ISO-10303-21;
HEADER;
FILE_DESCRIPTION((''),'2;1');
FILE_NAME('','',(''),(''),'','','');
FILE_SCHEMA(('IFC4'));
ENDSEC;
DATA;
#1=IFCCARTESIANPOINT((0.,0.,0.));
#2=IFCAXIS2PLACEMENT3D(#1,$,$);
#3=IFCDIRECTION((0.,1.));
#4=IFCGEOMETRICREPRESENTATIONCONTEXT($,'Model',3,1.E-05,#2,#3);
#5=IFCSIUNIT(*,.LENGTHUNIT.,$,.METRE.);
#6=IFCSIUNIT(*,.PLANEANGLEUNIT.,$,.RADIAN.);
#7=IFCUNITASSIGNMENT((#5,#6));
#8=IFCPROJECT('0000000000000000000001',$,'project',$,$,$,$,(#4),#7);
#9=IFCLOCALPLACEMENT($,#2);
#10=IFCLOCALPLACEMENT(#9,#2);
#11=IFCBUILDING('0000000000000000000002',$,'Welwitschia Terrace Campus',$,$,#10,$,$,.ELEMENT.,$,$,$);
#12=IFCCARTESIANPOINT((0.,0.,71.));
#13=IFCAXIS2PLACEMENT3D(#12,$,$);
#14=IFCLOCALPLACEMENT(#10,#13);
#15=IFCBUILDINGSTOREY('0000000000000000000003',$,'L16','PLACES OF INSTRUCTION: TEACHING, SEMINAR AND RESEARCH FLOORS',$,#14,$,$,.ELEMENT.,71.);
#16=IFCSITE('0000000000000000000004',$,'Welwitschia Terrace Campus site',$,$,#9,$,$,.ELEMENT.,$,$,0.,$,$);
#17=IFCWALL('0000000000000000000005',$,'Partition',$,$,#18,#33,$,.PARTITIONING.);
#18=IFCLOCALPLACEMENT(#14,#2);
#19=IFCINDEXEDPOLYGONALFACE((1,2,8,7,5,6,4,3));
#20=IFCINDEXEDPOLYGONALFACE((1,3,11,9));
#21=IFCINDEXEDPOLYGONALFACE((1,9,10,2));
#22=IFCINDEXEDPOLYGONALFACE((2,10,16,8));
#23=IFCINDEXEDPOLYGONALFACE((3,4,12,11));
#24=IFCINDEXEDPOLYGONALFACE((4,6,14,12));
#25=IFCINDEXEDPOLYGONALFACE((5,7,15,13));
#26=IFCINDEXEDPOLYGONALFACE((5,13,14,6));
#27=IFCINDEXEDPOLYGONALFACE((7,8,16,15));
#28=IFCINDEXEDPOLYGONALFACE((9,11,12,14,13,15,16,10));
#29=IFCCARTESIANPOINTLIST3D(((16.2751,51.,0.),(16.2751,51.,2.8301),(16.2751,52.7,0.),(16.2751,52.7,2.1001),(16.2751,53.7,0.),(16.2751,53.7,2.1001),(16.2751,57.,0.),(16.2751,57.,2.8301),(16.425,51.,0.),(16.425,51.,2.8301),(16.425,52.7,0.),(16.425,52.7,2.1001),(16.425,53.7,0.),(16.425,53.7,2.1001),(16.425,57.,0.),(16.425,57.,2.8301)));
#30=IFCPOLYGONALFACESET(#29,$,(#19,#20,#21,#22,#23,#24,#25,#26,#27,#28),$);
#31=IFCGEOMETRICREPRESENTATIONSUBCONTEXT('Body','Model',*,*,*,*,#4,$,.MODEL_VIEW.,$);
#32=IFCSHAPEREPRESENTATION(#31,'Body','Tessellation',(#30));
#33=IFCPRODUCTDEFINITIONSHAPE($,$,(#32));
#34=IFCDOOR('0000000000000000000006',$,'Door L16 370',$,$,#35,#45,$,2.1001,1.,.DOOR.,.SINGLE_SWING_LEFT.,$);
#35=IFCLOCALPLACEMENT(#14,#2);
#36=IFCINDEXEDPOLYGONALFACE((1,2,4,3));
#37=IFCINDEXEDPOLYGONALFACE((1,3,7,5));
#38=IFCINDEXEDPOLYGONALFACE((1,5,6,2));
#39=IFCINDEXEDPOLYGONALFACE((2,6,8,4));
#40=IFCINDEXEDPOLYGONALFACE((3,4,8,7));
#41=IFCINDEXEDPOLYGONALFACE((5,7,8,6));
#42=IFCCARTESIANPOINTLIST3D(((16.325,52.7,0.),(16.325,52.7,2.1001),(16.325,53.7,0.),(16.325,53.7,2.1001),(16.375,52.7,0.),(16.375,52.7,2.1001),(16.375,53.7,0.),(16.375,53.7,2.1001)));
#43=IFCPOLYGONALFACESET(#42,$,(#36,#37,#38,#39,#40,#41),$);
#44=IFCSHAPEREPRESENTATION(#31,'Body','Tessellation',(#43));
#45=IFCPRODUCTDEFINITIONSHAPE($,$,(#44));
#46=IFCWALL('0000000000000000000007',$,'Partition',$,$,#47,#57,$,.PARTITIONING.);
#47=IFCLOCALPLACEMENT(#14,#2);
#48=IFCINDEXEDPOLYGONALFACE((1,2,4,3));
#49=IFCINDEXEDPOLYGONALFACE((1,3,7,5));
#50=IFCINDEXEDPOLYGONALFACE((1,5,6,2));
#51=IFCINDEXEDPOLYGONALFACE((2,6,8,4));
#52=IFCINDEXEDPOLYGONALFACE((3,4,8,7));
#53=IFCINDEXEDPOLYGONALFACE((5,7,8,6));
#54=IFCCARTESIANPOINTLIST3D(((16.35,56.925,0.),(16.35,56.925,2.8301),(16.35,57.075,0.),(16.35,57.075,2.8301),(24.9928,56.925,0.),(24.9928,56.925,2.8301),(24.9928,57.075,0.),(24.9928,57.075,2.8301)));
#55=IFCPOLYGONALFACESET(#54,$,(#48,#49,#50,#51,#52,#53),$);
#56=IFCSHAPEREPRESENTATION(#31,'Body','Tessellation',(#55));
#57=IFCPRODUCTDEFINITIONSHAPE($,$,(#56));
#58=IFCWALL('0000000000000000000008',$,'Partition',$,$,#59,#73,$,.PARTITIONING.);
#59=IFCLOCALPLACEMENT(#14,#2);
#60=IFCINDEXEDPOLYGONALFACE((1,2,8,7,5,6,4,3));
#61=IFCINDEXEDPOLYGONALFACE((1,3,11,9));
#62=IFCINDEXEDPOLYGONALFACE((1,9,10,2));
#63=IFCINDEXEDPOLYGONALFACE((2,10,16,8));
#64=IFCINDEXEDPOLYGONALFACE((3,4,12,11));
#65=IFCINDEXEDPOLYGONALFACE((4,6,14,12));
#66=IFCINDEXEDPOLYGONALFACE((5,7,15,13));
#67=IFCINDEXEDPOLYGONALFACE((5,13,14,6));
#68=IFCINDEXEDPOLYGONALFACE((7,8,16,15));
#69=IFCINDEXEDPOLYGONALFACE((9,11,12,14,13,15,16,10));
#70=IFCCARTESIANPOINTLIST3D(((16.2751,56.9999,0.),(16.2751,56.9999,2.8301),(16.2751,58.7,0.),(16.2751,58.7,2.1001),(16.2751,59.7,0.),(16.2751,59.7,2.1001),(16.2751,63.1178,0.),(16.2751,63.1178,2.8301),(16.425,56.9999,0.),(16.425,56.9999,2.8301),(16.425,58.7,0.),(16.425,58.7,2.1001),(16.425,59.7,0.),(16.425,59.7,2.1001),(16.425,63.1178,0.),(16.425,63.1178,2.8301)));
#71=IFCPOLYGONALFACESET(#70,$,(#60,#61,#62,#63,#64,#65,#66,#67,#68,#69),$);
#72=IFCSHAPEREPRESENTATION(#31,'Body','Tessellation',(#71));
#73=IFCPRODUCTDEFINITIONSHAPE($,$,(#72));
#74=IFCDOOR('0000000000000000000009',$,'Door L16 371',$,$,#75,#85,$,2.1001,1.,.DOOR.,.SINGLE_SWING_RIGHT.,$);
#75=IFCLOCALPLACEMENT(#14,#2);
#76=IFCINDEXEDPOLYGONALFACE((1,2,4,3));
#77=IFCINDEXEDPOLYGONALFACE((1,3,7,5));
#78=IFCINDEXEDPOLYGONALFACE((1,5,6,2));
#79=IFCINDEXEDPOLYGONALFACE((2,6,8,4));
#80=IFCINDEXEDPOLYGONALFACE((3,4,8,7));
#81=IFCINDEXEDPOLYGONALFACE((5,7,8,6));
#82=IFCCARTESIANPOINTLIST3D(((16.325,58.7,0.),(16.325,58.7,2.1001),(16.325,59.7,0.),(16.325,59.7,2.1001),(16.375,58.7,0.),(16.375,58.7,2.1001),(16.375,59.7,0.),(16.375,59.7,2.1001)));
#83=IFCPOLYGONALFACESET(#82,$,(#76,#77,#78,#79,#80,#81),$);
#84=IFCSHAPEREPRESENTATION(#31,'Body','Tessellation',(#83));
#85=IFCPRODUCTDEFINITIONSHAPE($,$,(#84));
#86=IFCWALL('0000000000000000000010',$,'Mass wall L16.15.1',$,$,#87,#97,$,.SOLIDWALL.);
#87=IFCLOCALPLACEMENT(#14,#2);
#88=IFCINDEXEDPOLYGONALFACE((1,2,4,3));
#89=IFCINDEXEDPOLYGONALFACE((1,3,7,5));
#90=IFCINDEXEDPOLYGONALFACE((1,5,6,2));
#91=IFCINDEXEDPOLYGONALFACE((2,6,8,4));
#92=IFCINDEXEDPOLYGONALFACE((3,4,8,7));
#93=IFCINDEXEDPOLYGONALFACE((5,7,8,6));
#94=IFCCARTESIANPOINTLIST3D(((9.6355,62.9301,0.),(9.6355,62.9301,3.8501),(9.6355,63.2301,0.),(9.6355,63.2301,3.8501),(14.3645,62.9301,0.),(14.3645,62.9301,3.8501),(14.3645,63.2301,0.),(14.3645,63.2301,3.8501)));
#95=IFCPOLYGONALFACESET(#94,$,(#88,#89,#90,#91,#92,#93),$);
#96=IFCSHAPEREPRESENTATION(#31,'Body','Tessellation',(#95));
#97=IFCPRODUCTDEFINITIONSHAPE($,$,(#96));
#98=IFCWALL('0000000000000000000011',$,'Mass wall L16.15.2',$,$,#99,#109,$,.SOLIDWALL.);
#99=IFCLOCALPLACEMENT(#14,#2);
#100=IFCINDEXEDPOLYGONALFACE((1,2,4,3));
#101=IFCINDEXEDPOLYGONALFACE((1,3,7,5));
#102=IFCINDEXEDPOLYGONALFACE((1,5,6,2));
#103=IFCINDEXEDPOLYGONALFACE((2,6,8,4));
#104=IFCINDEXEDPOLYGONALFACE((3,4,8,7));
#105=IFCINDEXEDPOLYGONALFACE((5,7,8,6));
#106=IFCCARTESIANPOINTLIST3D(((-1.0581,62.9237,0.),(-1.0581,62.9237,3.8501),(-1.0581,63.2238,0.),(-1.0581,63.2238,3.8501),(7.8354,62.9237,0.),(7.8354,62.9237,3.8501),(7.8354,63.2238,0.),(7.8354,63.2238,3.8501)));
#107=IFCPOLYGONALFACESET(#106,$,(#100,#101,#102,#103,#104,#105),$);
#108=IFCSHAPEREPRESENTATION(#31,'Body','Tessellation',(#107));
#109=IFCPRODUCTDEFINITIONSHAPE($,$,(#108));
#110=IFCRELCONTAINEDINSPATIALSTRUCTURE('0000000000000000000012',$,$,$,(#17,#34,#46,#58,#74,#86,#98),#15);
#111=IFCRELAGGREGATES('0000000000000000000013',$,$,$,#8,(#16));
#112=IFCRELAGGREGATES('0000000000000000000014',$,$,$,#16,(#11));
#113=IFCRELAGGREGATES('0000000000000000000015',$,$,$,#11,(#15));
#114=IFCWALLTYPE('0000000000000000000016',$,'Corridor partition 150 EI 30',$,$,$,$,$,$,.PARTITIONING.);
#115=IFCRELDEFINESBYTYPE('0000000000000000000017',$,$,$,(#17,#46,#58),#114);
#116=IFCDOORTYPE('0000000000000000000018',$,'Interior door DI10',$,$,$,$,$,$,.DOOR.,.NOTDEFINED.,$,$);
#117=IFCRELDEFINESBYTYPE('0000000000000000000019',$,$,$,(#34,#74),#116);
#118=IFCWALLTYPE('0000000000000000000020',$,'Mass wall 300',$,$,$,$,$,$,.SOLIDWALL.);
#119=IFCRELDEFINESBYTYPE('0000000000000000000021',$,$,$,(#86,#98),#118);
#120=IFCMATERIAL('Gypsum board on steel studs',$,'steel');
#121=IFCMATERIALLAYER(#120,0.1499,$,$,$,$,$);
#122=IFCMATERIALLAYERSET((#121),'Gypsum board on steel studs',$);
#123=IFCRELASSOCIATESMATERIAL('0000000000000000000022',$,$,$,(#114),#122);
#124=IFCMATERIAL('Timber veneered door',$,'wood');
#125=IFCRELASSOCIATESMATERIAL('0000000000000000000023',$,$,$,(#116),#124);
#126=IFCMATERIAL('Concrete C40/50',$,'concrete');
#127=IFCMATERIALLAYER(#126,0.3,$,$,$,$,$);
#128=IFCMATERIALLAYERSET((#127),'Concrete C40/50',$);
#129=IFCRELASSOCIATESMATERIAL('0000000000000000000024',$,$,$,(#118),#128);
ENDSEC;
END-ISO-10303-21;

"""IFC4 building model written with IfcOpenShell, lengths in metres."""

from ifc_helpers import new_model, si_unit, direction, frame, frame_2d, origin, place, context, subcontext, project, spatial, rectangle, extrude, material, layer, layer_set, type_object, element, fill, save


model = new_model("IFC4")

# Units and contexts
model_context = context("Model", 3, precision=1e-05, world=origin(), true_north=direction((0.0, 1.0)))
body_context = subcontext(model_context, "Body", "Model", "MODEL_VIEW")
ifc_project = project(units=[si_unit("LENGTHUNIT", "METRE"), si_unit("PLANEANGLEUNIT", "RADIAN")], contexts=[model_context])

# Site, building, storey
site_placement = place(None, origin())
site = spatial("IfcSite", under=ifc_project, at=site_placement, Name="Welwitschia Terrace Campus site", CompositionType="ELEMENT", RefElevation=0.0)
building_placement = place(site_placement, origin())
building = spatial("IfcBuilding", under=site, at=building_placement, Name="Welwitschia Terrace Campus", CompositionType="ELEMENT")
storey_placement = place(building_placement, frame((0.0, 0.0, 71.0)))
storey = spatial("IfcBuildingStorey", under=building, at=storey_placement, Name="L16", Description="PLACES OF INSTRUCTION: TEACHING, SEMINAR AND RESEARCH FLOORS", CompositionType="ELEMENT", Elevation=71.0)

# Shared definitions
ifc_material_1 = material(Name="Gypsum board on steel studs", Category="steel")
ifc_layer_1 = layer(ifc_material_1, 0.1499)
ifc_layer_set_1 = layer_set([ifc_layer_1], Name="Gypsum board on steel studs")
wall_type_1 = type_object("IfcWallType", Name="Corridor partition 150 EI 30", PredefinedType="PARTITIONING", material=ifc_layer_set_1)
ifc_material_2 = material(Name="Timber veneered door", Category="wood")
door_type_1 = type_object("IfcDoorType", Name="Interior door DI10", OperationType="NOTDEFINED", PredefinedType="DOOR", material=ifc_material_2)

# Wall, opening, door
wall_1_placement = place(storey_placement, frame((16.3501, 57.0, 0.0), z_axis=(0.0, 0.0, 1.0), x_axis=(0.0, -1.0, 0.0)))
wall_1 = element("IfcWall", 1, at=wall_1_placement, inside=storey, type_object=wall_type_1, Name="Partition", PredefinedType="PARTITIONING", context=body_context, shape_type="SweptSolid", body=[
    extrude(rectangle(XDim=6.0, YDim=0.1499, at=frame_2d((3.0, 0.0))), origin(), (0.0, 0.0, 1.0), 2.8301),
])
opening_1_placement = place(wall_1_placement, frame((3.3, 0.0, 0.0)))
opening_1 = element("IfcOpeningElement", 2, at=opening_1_placement, cuts=wall_1, PredefinedType="OPENING", context=body_context, shape_type="SweptSolid", body=[
    extrude(rectangle(XDim=1.0, YDim=2.1001, at=frame_2d((0.5, 1.05))), frame((0.0, 0.085, 0.0), z_axis=(0.0, -1.0, 0.0), x_axis=(1.0, 0.0, 0.0)), (0.0, 0.0, 1.0), 0.1699),
])
door_1_placement = place(opening_1_placement, origin())
door_1 = element("IfcDoor", 3, at=door_1_placement, inside=storey, type_object=door_type_1, Name="Door L16 370", OperationType="SINGLE_SWING_LEFT", OverallHeight=2.1001, OverallWidth=1.0, PredefinedType="DOOR", context=body_context, shape_type="SweptSolid", body=[
    extrude(rectangle(XDim=1.0, YDim=2.1001, at=frame_2d((0.5, 1.05))), frame((0.0, 0.0249, 0.0), z_axis=(0.0, -1.0, 0.0), x_axis=(1.0, 0.0, 0.0)), (0.0, 0.0, 1.0), 0.05),
])
fill(opening_1, door_1)

# Wall
wall_2_placement = place(storey_placement, frame((16.3501, 57.0, 0.0), z_axis=(0.0, 0.0, 1.0), x_axis=(1.0, 0.0, 0.0)))
element("IfcWall", 4, at=wall_2_placement, inside=storey, type_object=wall_type_1, Name="Partition", PredefinedType="PARTITIONING", context=body_context, shape_type="SweptSolid", body=[
    extrude(rectangle(XDim=8.6428, YDim=0.1499, at=frame_2d((4.3213, 0.0))), origin(), (0.0, 0.0, 1.0), 2.8301),
])

# Wall, opening, door
wall_3_placement = place(storey_placement, frame((16.3501, 63.1179, 0.0), z_axis=(0.0, 0.0, 1.0), x_axis=(0.0, -1.0, 0.0)))
wall_3 = element("IfcWall", 5, at=wall_3_placement, inside=storey, type_object=wall_type_1, Name="Partition", PredefinedType="PARTITIONING", context=body_context, shape_type="SweptSolid", body=[
    extrude(rectangle(XDim=6.1179, YDim=0.1499, at=frame_2d((3.0591, 0.0))), origin(), (0.0, 0.0, 1.0), 2.8301),
])
opening_2_placement = place(wall_3_placement, frame((3.418, 0.0, 0.0)))
opening_2 = element("IfcOpeningElement", 6, at=opening_2_placement, cuts=wall_3, PredefinedType="OPENING", context=body_context, shape_type="SweptSolid", body=[
    extrude(rectangle(XDim=1.0, YDim=2.1001, at=frame_2d((0.5, 1.05))), frame((0.0, 0.085, 0.0), z_axis=(0.0, -1.0, 0.0), x_axis=(1.0, 0.0, 0.0)), (0.0, 0.0, 1.0), 0.1699),
])
door_2_placement = place(opening_2_placement, origin())
door_2 = element("IfcDoor", 7, at=door_2_placement, inside=storey, type_object=door_type_1, Name="Door L16 371", OperationType="SINGLE_SWING_RIGHT", OverallHeight=2.1001, OverallWidth=1.0, PredefinedType="DOOR", context=body_context, shape_type="SweptSolid", body=[
    extrude(rectangle(XDim=1.0, YDim=2.1001, at=frame_2d((0.5, 1.05))), frame((0.0, 0.0249, 0.0), z_axis=(0.0, -1.0, 0.0), x_axis=(1.0, 0.0, 0.0)), (0.0, 0.0, 1.0), 0.05),
])
fill(opening_2, door_2)

# Walls
ifc_material_3 = material(Name="Concrete C40/50", Category="concrete")
ifc_layer_2 = layer(ifc_material_3, 0.3)
ifc_layer_set_2 = layer_set([ifc_layer_2], Name="Concrete C40/50")
wall_type_2 = type_object("IfcWallType", Name="Mass wall 300", PredefinedType="SOLIDWALL", material=ifc_layer_set_2)
wall_4_placement = place(storey_placement, frame((14.3645, 63.0801, 0.0), z_axis=(0.0, 0.0, 1.0), x_axis=(-1.0, 0.0, 0.0)))
element("IfcWall", 8, at=wall_4_placement, inside=storey, type_object=wall_type_2, Name="Mass wall L16.15.1", PredefinedType="SOLIDWALL", context=body_context, shape_type="SweptSolid", body=[
    extrude(rectangle(XDim=4.729, YDim=0.3, at=frame_2d((2.3645, 0.0))), origin(), (0.0, 0.0, 1.0), 3.8501),
])
wall_5_placement = place(storey_placement, frame((7.8354, 63.0737, 0.0), z_axis=(0.0, 0.0, 1.0), x_axis=(-1.0, 0.0, 0.0)))
element("IfcWall", 9, at=wall_5_placement, inside=storey, type_object=wall_type_2, Name="Mass wall L16.15.2", PredefinedType="SOLIDWALL", context=body_context, shape_type="SweptSolid", body=[
    extrude(rectangle(XDim=8.8936, YDim=0.3, at=frame_2d((4.4468, 0.0))), origin(), (0.0, 0.0, 1.0), 3.8501),
])

save(model, "model.ifc")
